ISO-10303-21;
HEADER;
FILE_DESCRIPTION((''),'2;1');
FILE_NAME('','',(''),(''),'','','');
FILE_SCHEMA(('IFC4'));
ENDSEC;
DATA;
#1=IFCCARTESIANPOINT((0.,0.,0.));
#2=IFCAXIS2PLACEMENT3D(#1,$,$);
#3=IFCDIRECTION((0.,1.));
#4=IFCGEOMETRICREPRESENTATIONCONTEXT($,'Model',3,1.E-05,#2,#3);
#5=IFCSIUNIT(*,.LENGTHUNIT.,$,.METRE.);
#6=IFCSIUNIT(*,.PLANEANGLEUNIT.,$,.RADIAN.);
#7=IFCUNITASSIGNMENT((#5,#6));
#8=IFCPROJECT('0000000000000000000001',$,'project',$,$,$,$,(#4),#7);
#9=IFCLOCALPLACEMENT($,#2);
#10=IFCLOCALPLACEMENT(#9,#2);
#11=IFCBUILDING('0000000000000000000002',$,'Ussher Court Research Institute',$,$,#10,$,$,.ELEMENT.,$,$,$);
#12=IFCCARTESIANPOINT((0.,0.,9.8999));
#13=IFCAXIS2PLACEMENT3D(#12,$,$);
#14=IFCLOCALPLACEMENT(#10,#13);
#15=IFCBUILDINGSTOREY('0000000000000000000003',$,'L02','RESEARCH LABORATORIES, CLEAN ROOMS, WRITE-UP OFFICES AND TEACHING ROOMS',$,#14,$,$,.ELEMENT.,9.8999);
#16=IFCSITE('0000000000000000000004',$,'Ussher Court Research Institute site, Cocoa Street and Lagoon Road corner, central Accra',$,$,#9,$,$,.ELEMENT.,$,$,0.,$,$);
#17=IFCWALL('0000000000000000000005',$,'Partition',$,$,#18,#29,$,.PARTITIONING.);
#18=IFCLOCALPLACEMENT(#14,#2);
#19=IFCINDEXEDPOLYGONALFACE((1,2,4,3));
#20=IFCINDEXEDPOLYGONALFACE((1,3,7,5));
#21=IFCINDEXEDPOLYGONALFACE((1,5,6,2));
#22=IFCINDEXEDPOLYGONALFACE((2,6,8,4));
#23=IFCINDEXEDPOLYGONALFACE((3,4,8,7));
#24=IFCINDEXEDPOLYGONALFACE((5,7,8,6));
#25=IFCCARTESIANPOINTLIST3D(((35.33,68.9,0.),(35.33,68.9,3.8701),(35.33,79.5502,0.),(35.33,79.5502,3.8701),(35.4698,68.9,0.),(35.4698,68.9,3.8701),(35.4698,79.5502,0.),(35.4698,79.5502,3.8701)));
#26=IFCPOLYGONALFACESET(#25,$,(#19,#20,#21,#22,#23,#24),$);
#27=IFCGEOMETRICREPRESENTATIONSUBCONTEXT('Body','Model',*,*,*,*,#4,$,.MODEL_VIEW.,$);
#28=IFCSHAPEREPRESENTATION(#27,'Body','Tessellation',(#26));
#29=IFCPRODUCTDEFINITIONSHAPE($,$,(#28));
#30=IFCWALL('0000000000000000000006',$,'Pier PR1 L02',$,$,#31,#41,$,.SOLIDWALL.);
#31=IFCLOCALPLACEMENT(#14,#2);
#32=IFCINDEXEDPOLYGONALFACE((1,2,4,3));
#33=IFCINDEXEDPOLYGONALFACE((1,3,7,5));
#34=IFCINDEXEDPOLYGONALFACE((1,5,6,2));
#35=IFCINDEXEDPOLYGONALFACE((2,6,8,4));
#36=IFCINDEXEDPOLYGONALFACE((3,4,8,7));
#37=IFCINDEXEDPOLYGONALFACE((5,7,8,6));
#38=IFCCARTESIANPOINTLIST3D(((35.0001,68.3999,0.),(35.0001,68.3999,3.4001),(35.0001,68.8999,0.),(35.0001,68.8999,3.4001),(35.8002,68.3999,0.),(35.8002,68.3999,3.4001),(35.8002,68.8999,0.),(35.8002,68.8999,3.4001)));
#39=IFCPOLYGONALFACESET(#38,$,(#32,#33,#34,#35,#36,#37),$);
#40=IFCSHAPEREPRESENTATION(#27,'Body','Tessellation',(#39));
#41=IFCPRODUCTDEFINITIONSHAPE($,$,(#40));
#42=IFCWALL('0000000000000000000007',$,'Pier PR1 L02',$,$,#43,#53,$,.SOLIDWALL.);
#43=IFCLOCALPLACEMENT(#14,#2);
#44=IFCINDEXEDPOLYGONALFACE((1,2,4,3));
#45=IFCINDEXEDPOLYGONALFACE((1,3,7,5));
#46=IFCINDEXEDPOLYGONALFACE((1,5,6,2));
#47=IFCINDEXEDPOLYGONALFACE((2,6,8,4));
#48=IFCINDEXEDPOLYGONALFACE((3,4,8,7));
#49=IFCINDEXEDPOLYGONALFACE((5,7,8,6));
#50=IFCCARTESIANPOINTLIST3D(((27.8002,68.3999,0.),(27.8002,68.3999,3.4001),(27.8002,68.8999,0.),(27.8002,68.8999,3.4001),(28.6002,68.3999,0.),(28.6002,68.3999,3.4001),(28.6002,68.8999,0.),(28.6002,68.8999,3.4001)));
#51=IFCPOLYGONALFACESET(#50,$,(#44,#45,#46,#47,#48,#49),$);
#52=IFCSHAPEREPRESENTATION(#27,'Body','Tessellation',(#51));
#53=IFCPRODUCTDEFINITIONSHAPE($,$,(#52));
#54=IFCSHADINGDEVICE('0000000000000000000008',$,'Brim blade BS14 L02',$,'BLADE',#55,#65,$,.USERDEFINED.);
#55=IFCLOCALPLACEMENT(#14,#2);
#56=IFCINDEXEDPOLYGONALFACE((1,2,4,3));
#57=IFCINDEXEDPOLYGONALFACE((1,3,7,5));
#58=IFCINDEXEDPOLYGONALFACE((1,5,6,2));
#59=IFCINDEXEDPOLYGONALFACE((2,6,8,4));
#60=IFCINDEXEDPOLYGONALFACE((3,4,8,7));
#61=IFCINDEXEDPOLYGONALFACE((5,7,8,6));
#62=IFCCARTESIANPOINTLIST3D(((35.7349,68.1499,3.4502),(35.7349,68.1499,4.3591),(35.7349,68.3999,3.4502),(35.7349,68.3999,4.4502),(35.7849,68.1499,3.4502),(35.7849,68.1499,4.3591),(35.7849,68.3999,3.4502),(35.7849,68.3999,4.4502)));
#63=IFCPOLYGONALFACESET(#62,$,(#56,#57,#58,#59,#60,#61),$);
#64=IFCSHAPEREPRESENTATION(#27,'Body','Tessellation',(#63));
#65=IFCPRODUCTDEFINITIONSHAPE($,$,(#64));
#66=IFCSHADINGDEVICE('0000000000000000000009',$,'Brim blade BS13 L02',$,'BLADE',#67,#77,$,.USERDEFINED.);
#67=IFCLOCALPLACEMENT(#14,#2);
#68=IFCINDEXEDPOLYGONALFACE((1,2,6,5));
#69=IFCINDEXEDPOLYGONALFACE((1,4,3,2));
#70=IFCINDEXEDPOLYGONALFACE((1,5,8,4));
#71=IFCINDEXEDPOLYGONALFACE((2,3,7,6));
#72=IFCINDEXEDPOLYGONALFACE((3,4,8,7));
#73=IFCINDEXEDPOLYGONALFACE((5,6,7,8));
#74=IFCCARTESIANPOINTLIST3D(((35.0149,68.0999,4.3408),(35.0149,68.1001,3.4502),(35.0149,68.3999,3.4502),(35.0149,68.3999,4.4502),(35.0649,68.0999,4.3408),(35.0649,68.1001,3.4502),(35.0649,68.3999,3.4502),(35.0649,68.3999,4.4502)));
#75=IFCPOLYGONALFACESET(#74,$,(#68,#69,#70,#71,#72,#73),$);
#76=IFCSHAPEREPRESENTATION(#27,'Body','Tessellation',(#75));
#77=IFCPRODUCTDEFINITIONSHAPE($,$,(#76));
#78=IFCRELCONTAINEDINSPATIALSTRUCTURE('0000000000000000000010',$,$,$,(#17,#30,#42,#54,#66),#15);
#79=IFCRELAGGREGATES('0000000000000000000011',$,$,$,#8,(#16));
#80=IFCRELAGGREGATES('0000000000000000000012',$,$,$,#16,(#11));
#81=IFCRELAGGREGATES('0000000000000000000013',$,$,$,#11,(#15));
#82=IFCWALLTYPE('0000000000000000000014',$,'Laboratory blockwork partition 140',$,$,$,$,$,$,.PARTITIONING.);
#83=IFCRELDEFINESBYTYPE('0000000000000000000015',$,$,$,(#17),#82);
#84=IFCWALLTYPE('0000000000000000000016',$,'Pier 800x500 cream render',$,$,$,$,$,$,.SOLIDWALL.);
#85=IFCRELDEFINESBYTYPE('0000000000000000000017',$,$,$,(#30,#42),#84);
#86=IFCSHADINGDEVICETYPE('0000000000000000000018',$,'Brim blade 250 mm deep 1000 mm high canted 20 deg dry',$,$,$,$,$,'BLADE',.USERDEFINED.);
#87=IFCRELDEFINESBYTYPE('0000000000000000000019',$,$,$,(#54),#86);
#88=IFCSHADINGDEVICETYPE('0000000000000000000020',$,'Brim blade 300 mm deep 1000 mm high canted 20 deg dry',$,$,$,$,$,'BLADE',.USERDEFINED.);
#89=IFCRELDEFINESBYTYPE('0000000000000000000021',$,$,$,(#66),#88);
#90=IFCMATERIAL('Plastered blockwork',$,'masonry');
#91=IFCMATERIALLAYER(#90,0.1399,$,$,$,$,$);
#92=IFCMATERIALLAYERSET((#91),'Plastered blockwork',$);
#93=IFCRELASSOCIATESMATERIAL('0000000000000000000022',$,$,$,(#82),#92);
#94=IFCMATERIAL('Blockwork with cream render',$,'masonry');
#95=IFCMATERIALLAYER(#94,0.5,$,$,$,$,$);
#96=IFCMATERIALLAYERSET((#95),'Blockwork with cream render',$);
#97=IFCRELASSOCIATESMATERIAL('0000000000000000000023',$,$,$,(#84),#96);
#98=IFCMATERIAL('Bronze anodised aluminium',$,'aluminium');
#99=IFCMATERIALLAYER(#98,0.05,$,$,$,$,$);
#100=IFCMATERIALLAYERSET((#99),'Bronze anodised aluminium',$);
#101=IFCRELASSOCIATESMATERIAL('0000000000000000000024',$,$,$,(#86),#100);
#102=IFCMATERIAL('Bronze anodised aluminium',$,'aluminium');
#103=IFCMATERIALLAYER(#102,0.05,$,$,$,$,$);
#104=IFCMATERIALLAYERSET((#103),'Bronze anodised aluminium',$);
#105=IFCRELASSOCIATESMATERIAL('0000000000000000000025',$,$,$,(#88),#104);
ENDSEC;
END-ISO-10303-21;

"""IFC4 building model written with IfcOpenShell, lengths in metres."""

from ifc_helpers import new_model, si_unit, direction, frame, frame_2d, origin, place, context, subcontext, project, spatial, polyline, rectangle, outline, extrude, material, layer, layer_set, type_object, element, save


model = new_model("IFC4")

# Units and contexts
model_context = context("Model", 3, precision=1e-05, world=origin(), true_north=direction((0.0, 1.0)))
body_context = subcontext(model_context, "Body", "Model", "MODEL_VIEW")
ifc_project = project(units=[si_unit("LENGTHUNIT", "METRE"), si_unit("PLANEANGLEUNIT", "RADIAN")], contexts=[model_context])

# Site, building, storey
site_placement = place(None, origin())
site = spatial("IfcSite", under=ifc_project, at=site_placement, Name="Ussher Court Research Institute site, Cocoa Street and Lagoon Road corner, central Accra", CompositionType="ELEMENT", RefElevation=0.0)
building_placement = place(site_placement, origin())
building = spatial("IfcBuilding", under=site, at=building_placement, Name="Ussher Court Research Institute", CompositionType="ELEMENT")
storey_placement = place(building_placement, frame((0.0, 0.0, 9.8999)))
storey = spatial("IfcBuildingStorey", under=building, at=storey_placement, Name="L02", Description="RESEARCH LABORATORIES, CLEAN ROOMS, WRITE-UP OFFICES AND TEACHING ROOMS", CompositionType="ELEMENT", Elevation=9.8999)

# Walls
ifc_material_1 = material(Name="Plastered blockwork", Category="masonry")
ifc_layer_1 = layer(ifc_material_1, 0.1399)
ifc_layer_set_1 = layer_set([ifc_layer_1], Name="Plastered blockwork")
wall_type_1 = type_object("IfcWallType", Name="Laboratory blockwork partition 140", PredefinedType="PARTITIONING", material=ifc_layer_set_1)
wall_1_placement = place(storey_placement, frame((35.3999, 68.8999, 0.0), z_axis=(0.0, 0.0, 1.0), x_axis=(0.0, 1.0, 0.0)))
element("IfcWall", 1, at=wall_1_placement, inside=storey, type_object=wall_type_1, Name="Partition", PredefinedType="PARTITIONING", context=body_context, shape_type="SweptSolid", body=[
    extrude(rectangle(XDim=10.6501, YDim=0.1399, at=frame_2d((5.3252, 0.0))), origin(), (0.0, 0.0, 1.0), 3.8701),
])
ifc_material_2 = material(Name="Blockwork with cream render", Category="masonry")
ifc_layer_2 = layer(ifc_material_2, 0.5)
ifc_layer_set_2 = layer_set([ifc_layer_2], Name="Blockwork with cream render")
wall_type_2 = type_object("IfcWallType", Name="Pier 800x500 cream render", PredefinedType="SOLIDWALL", material=ifc_layer_set_2)
for number, where, z_axis, x_axis, name in (
    (2, (35.8, 68.6499, 0.0), (0.0, 0.0, 1.0), (-1.0, 0.0, 0.0), "Pier PR1 L02"),
    (3, (28.6001, 68.6499, 0.0), (0.0, 0.0, 1.0), (-1.0, 0.0, 0.0), "Pier PR1 L02"),
):
    element("IfcWall", number, at=place(storey_placement, frame(where, z_axis=z_axis, x_axis=x_axis)), inside=storey, type_object=wall_type_2, Name=name, PredefinedType="SOLIDWALL", context=body_context, shape_type="SweptSolid", body=[
        extrude(rectangle(XDim=0.8, YDim=0.5, at=frame_2d((0.3999, 0.0))), origin(), (0.0, 0.0, 1.0), 3.4001),
    ])

# Shading devices
ifc_material_3 = material(Name="Bronze anodised aluminium", Category="aluminium")
ifc_layer_3 = layer(ifc_material_3, 0.05)
ifc_layer_set_3 = layer_set([ifc_layer_3], Name="Bronze anodised aluminium")
shading_device_type_1 = type_object("IfcShadingDeviceType", Name="Brim blade 250 mm deep 1000 mm high canted 20 deg dry", ElementType="BLADE", PredefinedType="USERDEFINED", material=ifc_layer_set_3)
shading_device_1_placement = place(storey_placement, frame((35.76, 68.3999, 3.4502), z_axis=(0.0, 0.0, 1.0), x_axis=(0.0, -1.0, 0.0)))
element("IfcShadingDevice", 4, at=shading_device_1_placement, inside=storey, type_object=shading_device_type_1, Name="Brim blade BS14 L02", ObjectType="BLADE", PredefinedType="USERDEFINED", context=body_context, shape_type="SweptSolid", body=[
    extrude(outline(polyline([(0.0, 0.0), (0.25, 0.0), (0.25, 0.9089), (0.0, 1.0), (0.0, 0.0)])), frame((0.0, 0.0249, 0.0), z_axis=(0.0, -1.0, 0.0), x_axis=(1.0, 0.0, 0.0)), (0.0, 0.0, 1.0), 0.05),
])
ifc_material_4 = material(Name="Bronze anodised aluminium", Category="aluminium")
ifc_layer_4 = layer(ifc_material_4, 0.05)
ifc_layer_set_4 = layer_set([ifc_layer_4], Name="Bronze anodised aluminium")
shading_device_type_2 = type_object("IfcShadingDeviceType", Name="Brim blade 300 mm deep 1000 mm high canted 20 deg dry", ElementType="BLADE", PredefinedType="USERDEFINED", material=ifc_layer_set_4)
shading_device_2_placement = place(storey_placement, frame((35.04, 68.3999, 3.4502), z_axis=(0.0, 0.0, 1.0), x_axis=(0.0, -1.0, 0.0)))
element("IfcShadingDevice", 5, at=shading_device_2_placement, inside=storey, type_object=shading_device_type_2, Name="Brim blade BS13 L02", ObjectType="BLADE", PredefinedType="USERDEFINED", context=body_context, shape_type="SweptSolid", body=[
    extrude(outline(polyline([(0.0, 0.0), (0.2998, 0.0), (0.3, 0.8906), (0.0, 1.0), (0.0, 0.0)])), frame((0.0, 0.0249, 0.0), z_axis=(0.0, -1.0, 0.0), x_axis=(1.0, 0.0, 0.0)), (0.0, 0.0, 1.0), 0.05),
])

save(model, "model.ifc")
